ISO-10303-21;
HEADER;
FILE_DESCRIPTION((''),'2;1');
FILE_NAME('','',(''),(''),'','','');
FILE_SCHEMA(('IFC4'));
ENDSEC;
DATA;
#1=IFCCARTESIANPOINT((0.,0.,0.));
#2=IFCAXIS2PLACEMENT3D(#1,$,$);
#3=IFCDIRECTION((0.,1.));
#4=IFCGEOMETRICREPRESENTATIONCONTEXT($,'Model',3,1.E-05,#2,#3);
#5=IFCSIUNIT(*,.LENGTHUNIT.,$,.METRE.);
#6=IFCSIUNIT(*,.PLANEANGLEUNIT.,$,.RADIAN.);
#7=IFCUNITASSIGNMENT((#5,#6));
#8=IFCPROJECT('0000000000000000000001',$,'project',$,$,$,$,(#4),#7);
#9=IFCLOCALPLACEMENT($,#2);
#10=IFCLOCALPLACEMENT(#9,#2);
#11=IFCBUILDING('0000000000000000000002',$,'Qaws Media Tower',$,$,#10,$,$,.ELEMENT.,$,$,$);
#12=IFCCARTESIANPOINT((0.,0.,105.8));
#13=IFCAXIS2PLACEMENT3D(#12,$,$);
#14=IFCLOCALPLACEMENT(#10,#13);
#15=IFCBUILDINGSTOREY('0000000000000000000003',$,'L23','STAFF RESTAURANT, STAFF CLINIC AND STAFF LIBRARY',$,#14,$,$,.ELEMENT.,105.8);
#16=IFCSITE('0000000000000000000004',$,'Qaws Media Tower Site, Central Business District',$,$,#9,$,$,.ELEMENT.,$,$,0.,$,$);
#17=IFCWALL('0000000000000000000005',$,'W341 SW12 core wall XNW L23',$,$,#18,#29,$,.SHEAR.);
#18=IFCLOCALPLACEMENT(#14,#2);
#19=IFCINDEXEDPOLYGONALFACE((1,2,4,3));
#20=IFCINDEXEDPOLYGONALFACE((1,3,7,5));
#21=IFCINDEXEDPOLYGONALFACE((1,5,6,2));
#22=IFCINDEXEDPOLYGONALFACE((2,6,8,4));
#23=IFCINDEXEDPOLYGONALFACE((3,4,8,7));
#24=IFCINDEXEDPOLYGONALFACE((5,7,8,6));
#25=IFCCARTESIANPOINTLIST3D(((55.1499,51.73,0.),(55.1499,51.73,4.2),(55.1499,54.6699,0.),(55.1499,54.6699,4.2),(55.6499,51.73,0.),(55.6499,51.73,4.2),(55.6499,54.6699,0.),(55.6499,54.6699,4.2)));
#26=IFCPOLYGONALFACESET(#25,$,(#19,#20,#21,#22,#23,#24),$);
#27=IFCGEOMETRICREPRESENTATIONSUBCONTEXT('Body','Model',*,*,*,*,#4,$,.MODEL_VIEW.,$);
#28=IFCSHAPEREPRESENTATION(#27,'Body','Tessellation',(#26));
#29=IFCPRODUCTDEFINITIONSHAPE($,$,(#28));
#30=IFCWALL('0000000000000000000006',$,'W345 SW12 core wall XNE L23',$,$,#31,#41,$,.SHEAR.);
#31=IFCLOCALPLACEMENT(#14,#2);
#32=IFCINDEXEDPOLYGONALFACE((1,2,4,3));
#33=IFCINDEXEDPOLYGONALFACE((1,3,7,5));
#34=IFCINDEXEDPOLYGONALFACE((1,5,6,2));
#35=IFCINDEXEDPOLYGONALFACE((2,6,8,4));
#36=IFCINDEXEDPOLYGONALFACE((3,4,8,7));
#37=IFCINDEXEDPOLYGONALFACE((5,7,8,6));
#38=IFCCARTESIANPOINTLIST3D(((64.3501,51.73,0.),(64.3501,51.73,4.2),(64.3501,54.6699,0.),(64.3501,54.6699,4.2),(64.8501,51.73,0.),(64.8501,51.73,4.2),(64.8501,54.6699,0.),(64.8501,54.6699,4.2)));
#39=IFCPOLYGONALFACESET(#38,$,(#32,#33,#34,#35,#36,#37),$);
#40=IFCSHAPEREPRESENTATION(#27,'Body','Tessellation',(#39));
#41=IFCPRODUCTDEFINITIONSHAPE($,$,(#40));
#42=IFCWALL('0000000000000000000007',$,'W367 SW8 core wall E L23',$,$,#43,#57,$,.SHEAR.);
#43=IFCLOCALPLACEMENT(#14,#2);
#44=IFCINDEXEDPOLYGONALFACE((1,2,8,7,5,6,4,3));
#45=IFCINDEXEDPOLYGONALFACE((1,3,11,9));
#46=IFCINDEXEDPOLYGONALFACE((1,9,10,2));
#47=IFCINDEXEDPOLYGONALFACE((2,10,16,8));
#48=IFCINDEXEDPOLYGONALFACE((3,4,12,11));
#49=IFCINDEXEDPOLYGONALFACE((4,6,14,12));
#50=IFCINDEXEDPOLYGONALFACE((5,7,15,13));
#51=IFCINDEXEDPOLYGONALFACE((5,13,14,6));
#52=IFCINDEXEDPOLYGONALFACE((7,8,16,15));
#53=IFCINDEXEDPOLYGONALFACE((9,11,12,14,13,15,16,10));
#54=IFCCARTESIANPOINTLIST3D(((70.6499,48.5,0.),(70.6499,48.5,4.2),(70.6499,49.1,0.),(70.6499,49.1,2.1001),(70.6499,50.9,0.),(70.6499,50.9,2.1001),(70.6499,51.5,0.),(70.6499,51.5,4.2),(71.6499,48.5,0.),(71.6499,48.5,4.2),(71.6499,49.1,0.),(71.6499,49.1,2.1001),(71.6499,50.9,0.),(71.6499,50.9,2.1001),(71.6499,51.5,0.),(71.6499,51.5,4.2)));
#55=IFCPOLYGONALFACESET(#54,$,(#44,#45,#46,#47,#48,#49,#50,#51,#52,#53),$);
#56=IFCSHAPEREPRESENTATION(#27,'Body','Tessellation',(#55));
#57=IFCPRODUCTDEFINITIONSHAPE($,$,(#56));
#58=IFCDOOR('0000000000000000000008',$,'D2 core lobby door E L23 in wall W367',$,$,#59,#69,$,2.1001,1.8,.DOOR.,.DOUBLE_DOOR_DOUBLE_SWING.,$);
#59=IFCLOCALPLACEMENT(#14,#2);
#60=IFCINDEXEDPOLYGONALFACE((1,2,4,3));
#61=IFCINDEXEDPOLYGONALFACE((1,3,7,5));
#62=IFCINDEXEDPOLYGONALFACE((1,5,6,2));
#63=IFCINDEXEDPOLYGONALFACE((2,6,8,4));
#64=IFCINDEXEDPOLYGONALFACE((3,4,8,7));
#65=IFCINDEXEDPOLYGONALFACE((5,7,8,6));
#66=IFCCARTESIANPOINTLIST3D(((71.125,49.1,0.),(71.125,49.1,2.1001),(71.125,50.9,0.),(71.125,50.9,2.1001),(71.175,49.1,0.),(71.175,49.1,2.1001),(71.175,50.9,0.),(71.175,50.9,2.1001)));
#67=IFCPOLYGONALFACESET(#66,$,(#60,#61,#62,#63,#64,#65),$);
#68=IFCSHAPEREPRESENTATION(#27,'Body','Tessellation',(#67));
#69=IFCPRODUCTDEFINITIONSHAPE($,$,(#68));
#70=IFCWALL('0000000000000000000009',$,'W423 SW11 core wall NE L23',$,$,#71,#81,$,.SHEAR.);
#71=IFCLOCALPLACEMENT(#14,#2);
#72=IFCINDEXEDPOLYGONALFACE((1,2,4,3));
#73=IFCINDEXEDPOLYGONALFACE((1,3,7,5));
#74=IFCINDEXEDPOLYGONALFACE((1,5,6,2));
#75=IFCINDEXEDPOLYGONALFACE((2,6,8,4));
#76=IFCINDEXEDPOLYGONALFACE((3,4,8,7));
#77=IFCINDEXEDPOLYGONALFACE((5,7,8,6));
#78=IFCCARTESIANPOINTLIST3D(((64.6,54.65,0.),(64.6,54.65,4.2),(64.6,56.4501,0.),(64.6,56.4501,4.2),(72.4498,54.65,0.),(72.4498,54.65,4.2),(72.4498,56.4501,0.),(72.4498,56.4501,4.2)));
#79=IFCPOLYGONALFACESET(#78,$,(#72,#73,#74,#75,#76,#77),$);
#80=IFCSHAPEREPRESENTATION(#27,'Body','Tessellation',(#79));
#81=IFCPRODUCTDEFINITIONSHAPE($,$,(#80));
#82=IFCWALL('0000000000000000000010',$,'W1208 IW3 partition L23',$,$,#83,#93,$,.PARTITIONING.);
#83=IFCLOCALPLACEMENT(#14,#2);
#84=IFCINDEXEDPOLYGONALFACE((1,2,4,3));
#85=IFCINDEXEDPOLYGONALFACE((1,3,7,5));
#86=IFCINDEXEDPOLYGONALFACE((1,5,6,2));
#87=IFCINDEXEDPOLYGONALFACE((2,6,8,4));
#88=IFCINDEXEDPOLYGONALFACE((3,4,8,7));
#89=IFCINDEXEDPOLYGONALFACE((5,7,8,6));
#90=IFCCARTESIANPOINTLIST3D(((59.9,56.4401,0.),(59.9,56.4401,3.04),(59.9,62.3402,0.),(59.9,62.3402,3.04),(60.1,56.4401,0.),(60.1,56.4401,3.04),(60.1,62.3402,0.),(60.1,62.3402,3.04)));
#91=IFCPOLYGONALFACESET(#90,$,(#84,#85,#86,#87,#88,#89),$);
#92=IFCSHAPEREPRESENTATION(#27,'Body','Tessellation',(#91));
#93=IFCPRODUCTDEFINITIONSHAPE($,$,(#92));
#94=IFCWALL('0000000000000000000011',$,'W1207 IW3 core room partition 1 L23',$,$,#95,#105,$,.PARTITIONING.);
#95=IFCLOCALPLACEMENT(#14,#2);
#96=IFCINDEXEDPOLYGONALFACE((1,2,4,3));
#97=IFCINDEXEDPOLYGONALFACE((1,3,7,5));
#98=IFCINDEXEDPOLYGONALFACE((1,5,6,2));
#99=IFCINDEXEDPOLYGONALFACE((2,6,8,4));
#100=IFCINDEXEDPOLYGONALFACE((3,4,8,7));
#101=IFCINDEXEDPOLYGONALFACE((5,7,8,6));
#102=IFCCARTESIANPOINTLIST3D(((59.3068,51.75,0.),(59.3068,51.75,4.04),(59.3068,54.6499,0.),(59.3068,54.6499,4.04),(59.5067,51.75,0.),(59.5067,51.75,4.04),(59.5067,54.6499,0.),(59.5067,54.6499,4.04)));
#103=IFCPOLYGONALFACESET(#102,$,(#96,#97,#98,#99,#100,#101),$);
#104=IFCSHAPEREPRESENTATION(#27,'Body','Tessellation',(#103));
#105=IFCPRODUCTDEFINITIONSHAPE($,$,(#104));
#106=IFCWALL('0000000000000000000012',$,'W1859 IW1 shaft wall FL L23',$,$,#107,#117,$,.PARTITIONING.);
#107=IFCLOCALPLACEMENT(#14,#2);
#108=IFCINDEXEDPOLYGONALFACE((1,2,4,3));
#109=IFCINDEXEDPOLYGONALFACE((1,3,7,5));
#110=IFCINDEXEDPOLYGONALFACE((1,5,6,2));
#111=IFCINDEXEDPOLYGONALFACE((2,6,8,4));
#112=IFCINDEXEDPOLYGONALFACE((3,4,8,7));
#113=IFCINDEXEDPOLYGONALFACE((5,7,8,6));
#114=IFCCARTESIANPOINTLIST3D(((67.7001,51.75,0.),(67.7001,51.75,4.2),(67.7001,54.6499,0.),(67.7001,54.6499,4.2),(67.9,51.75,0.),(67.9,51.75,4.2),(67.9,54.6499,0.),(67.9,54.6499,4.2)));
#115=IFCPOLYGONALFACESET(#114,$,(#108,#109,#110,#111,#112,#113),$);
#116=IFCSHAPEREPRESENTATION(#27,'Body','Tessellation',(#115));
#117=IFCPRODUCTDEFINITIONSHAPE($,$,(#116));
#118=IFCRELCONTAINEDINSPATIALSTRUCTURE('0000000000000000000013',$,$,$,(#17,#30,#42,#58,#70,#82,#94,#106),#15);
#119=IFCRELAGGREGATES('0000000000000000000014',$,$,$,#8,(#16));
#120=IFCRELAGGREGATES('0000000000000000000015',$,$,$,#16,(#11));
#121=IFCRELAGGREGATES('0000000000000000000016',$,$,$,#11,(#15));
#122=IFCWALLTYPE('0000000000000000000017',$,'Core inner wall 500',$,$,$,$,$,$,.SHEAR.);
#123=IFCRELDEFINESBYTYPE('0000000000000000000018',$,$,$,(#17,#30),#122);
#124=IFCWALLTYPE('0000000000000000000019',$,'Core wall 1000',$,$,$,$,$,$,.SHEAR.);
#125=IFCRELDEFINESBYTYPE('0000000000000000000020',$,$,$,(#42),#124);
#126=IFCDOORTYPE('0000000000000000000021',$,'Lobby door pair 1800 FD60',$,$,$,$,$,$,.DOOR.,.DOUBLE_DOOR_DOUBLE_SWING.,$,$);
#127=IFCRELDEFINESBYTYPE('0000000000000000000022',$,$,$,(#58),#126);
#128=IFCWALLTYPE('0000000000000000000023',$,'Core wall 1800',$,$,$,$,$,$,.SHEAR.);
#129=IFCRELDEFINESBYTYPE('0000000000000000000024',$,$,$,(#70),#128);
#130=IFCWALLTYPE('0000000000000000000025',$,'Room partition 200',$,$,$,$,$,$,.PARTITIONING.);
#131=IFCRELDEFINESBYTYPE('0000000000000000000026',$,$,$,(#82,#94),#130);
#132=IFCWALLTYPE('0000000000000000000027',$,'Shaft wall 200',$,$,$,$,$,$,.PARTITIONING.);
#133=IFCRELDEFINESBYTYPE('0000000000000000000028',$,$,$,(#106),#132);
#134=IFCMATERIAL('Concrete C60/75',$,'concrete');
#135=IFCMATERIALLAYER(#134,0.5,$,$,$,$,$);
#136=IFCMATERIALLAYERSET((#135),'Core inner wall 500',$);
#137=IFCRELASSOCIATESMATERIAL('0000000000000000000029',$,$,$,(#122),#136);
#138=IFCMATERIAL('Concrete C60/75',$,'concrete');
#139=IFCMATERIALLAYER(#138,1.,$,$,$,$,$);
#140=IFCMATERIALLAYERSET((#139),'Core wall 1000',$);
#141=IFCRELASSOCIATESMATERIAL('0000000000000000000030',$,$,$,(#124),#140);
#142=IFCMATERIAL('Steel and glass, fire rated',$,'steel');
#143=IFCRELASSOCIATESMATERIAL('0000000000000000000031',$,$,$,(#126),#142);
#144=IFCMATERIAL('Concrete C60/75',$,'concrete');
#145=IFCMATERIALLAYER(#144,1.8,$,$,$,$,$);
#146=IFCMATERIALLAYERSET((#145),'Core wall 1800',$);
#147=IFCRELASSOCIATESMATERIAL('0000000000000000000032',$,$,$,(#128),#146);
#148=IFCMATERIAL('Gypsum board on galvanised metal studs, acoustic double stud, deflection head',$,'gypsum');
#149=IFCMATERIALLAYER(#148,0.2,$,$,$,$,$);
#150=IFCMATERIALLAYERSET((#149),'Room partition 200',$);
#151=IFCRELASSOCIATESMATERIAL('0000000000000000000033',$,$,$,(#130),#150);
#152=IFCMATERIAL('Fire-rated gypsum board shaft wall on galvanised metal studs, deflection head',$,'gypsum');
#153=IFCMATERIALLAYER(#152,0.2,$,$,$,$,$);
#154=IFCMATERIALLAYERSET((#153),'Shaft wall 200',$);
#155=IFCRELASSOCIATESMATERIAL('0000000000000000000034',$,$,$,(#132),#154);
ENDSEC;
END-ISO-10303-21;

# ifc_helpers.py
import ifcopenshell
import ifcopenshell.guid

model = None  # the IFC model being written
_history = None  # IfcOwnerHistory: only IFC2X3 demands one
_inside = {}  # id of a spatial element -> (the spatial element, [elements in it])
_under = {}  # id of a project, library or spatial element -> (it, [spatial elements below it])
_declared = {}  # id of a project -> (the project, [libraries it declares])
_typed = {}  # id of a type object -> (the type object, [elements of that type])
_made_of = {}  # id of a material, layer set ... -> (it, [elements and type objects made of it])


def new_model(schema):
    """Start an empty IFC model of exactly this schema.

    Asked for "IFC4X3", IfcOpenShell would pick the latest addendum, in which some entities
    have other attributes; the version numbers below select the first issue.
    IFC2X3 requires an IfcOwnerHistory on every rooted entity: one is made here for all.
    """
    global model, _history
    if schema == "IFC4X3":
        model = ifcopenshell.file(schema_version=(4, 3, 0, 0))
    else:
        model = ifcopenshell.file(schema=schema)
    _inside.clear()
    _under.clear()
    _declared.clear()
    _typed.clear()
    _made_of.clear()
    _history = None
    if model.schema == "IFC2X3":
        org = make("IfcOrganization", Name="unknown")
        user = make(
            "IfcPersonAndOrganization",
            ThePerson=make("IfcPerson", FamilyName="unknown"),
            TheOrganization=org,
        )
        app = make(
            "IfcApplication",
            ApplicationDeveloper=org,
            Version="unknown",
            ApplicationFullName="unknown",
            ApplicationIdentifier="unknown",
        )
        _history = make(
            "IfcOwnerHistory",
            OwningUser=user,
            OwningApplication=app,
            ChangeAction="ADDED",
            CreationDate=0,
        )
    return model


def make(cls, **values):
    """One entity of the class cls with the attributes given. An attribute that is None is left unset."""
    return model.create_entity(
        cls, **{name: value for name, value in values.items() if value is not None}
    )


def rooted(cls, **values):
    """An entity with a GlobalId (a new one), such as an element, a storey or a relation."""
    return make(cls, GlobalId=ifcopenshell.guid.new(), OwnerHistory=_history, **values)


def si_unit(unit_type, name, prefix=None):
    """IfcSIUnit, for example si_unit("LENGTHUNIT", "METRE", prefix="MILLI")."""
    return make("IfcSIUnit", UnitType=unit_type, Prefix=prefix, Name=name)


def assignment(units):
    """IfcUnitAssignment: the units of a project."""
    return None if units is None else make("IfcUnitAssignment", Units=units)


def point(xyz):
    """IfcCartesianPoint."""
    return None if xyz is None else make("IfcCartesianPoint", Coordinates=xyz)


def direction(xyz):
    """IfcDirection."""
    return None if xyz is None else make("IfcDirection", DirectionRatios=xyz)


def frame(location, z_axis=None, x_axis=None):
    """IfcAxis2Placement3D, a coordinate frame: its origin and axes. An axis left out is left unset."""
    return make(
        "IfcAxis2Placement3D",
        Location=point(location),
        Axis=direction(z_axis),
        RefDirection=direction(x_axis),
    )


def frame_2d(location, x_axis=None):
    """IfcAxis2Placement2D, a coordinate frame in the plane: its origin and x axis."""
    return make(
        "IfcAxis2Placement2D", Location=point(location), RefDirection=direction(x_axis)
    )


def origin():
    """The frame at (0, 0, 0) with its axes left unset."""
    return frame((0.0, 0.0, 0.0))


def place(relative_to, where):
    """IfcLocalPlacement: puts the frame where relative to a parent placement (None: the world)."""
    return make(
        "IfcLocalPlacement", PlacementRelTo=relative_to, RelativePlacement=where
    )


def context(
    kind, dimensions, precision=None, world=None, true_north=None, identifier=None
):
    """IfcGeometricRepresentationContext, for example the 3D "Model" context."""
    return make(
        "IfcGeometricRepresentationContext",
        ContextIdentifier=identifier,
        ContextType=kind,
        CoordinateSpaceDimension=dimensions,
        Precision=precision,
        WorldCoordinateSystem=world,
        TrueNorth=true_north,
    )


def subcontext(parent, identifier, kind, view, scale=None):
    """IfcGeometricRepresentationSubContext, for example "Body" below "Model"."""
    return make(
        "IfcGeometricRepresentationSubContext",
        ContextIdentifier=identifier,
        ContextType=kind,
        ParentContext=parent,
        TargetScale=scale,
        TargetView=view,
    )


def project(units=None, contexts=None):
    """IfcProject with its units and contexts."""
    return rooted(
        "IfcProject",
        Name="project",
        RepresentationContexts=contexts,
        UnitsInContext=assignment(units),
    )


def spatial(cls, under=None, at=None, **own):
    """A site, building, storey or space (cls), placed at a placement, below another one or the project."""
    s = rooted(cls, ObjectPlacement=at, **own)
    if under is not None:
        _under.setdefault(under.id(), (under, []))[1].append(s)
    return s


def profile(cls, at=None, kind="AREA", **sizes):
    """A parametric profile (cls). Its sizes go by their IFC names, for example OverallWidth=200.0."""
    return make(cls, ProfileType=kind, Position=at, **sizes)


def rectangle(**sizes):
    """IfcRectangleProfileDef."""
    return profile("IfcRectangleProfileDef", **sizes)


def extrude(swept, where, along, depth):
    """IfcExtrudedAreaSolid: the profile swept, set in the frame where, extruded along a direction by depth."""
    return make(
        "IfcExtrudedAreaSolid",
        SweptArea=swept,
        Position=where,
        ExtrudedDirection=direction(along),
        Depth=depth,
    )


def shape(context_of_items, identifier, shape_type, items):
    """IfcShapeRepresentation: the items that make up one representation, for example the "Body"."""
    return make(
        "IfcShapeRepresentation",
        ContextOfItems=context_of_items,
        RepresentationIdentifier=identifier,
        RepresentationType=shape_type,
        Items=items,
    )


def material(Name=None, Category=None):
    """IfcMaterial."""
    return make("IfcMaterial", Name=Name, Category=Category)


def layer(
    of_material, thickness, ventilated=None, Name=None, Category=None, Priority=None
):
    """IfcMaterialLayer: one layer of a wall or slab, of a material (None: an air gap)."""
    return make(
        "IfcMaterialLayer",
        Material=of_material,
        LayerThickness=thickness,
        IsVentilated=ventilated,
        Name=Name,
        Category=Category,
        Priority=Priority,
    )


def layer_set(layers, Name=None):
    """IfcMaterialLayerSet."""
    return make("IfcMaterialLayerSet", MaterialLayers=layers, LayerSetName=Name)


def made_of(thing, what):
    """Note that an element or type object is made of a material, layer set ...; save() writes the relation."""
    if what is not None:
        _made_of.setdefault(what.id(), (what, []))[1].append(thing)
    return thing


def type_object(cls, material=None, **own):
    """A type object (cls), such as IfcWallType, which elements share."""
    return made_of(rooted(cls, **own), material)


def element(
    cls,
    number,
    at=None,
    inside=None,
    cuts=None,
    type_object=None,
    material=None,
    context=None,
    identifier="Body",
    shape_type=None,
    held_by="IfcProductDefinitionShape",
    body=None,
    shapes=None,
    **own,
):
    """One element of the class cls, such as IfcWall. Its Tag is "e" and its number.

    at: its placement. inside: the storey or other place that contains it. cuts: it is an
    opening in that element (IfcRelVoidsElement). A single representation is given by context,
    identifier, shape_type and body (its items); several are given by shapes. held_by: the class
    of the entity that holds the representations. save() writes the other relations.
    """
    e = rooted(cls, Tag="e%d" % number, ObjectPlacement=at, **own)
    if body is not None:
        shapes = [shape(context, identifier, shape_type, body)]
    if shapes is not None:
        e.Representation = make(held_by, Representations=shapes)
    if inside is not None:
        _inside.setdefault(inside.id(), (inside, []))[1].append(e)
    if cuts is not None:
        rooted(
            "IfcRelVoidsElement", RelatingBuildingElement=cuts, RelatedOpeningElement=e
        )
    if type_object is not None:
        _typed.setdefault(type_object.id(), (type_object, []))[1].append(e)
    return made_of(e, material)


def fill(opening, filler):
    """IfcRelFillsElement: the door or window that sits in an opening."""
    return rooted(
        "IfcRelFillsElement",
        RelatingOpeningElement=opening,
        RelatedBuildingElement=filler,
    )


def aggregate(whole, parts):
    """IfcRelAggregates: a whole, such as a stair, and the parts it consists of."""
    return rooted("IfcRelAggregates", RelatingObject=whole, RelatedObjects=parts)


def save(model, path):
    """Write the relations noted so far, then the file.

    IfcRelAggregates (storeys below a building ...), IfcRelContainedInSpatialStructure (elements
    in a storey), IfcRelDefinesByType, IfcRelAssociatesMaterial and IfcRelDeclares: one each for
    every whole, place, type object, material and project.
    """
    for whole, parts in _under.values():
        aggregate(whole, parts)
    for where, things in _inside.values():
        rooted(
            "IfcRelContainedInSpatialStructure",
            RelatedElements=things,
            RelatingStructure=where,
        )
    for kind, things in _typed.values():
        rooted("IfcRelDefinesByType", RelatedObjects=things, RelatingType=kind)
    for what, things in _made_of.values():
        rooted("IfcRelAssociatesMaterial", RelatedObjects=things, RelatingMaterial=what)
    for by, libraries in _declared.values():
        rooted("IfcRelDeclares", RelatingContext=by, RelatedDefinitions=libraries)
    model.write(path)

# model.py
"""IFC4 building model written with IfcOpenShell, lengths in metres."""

from ifc_helpers import new_model, si_unit, direction, frame, frame_2d, origin, place, context, subcontext, project, spatial, rectangle, extrude, material, layer, layer_set, type_object, element, fill, save


model = new_model("IFC4")

# Units and contexts
model_context = context("Model", 3, precision=1e-05, world=origin(), true_north=direction((0.0, 1.0)))
body_context = subcontext(model_context, "Body", "Model", "MODEL_VIEW")
ifc_project = project(units=[si_unit("LENGTHUNIT", "METRE"), si_unit("PLANEANGLEUNIT", "RADIAN")], contexts=[model_context])

# Site, building, storey
site_placement = place(None, origin())
site = spatial("IfcSite", under=ifc_project, at=site_placement, Name="Qaws Media Tower Site, Central Business District", CompositionType="ELEMENT", RefElevation=0.0)
building_placement = place(site_placement, origin())
building = spatial("IfcBuilding", under=site, at=building_placement, Name="Qaws Media Tower", CompositionType="ELEMENT")
storey_placement = place(building_placement, frame((0.0, 0.0, 105.8)))
storey = spatial("IfcBuildingStorey", under=building, at=storey_placement, Name="L23", Description="STAFF RESTAURANT, STAFF CLINIC AND STAFF LIBRARY", CompositionType="ELEMENT", Elevation=105.8)

# Shared definitions
ifc_material_1 = material(Name="Concrete C60/75", Category="concrete")
ifc_layer_1 = layer(ifc_material_1, 0.5)
ifc_layer_set_1 = layer_set([ifc_layer_1], Name="Core inner wall 500")
wall_type_1 = type_object("IfcWallType", Name="Core inner wall 500", PredefinedType="SHEAR", material=ifc_layer_set_1)

# Walls
for number, where, z_axis, x_axis, name in (
    (1, (55.3999, 51.73, 0.0), (0.0, 0.0, 1.0), (0.0, 1.0, 0.0), "W341 SW12 core wall XNW L23"),
    (2, (64.6001, 51.73, 0.0), (0.0, 0.0, 1.0), (0.0, 1.0, 0.0), "W345 SW12 core wall XNE L23"),
):
    element("IfcWall", number, at=place(storey_placement, frame(where, z_axis=z_axis, x_axis=x_axis)), inside=storey, type_object=wall_type_1, Name=name, PredefinedType="SHEAR", context=body_context, shape_type="SweptSolid", body=[
        extrude(rectangle(XDim=2.9399, YDim=0.5, at=frame_2d((1.47, 0.0))), origin(), (0.0, 0.0, 1.0), 4.2),
    ])

# Wall, opening, door
ifc_material_2 = material(Name="Concrete C60/75", Category="concrete")
ifc_layer_2 = layer(ifc_material_2, 1.0)
ifc_layer_set_2 = layer_set([ifc_layer_2], Name="Core wall 1000")
wall_type_2 = type_object("IfcWallType", Name="Core wall 1000", PredefinedType="SHEAR", material=ifc_layer_set_2)
wall_1_placement = place(storey_placement, frame((71.1499, 48.5, 0.0), z_axis=(0.0, 0.0, 1.0), x_axis=(0.0, 1.0, 0.0)))
wall_1 = element("IfcWall", 3, at=wall_1_placement, inside=storey, type_object=wall_type_2, Name="W367 SW8 core wall E L23", PredefinedType="SHEAR", context=body_context, shape_type="SweptSolid", body=[
    extrude(rectangle(XDim=3.0, YDim=1.0, at=frame_2d((1.5, 0.0))), origin(), (0.0, 0.0, 1.0), 4.2),
])
opening_1_placement = place(wall_1_placement, frame((0.6001, 0.0, 0.0)))
opening_1 = element("IfcOpeningElement", 4, at=opening_1_placement, cuts=wall_1, PredefinedType="OPENING", context=body_context, shape_type="SweptSolid", body=[
    extrude(rectangle(XDim=1.8, YDim=2.1001, at=frame_2d((0.8999, 1.05))), frame((0.0, 0.51, 0.0), z_axis=(0.0, -1.0, 0.0), x_axis=(1.0, 0.0, 0.0)), (0.0, 0.0, 1.0), 1.02),
])
ifc_material_3 = material(Name="Steel and glass, fire rated", Category="steel")
door_type_1 = type_object("IfcDoorType", Name="Lobby door pair 1800 FD60", OperationType="DOUBLE_DOOR_DOUBLE_SWING", PredefinedType="DOOR", material=ifc_material_3)
door_1_placement = place(opening_1_placement, origin())
door_1 = element("IfcDoor", 5, at=door_1_placement, inside=storey, type_object=door_type_1, Name="D2 core lobby door E L23 in wall W367", OperationType="DOUBLE_DOOR_DOUBLE_SWING", OverallHeight=2.1001, OverallWidth=1.8, PredefinedType="DOOR", context=body_context, shape_type="SweptSolid", body=[
    extrude(rectangle(XDim=1.8, YDim=2.1001, at=frame_2d((0.8999, 1.05))), frame((0.0, 0.0249, 0.0), z_axis=(0.0, -1.0, 0.0), x_axis=(1.0, 0.0, 0.0)), (0.0, 0.0, 1.0), 0.05),
])
fill(opening_1, door_1)

# Walls
ifc_material_4 = material(Name="Concrete C60/75", Category="concrete")
ifc_layer_3 = layer(ifc_material_4, 1.8)
ifc_layer_set_3 = layer_set([ifc_layer_3], Name="Core wall 1800")
wall_type_3 = type_object("IfcWallType", Name="Core wall 1800", PredefinedType="SHEAR", material=ifc_layer_set_3)
wall_2_placement = place(storey_placement, frame((64.6001, 55.55, 0.0), z_axis=(0.0, 0.0, 1.0), x_axis=(1.0, 0.0, 0.0)))
element("IfcWall", 6, at=wall_2_placement, inside=storey, type_object=wall_type_3, Name="W423 SW11 core wall NE L23", PredefinedType="SHEAR", context=body_context, shape_type="SweptSolid", body=[
    extrude(rectangle(XDim=7.8499, YDim=1.8, at=frame_2d((3.9248, 0.0))), origin(), (0.0, 0.0, 1.0), 4.2),
])
ifc_material_5 = material(Name="Gypsum board on galvanised metal studs, acoustic double stud, deflection head", Category="gypsum")
ifc_layer_4 = layer(ifc_material_5, 0.2)
ifc_layer_set_4 = layer_set([ifc_layer_4], Name="Room partition 200")
wall_type_4 = type_object("IfcWallType", Name="Room partition 200", PredefinedType="PARTITIONING", material=ifc_layer_set_4)
wall_3_placement = place(storey_placement, frame((60.0, 56.4399, 0.0), z_axis=(0.0, 0.0, 1.0), x_axis=(0.0, 1.0, 0.0)))
element("IfcWall", 7, at=wall_3_placement, inside=storey, type_object=wall_type_4, Name="W1208 IW3 partition L23", PredefinedType="PARTITIONING", context=body_context, shape_type="SweptSolid", body=[
    extrude(rectangle(XDim=5.9001, YDim=0.2, at=frame_2d((2.9502, 0.0))), origin(), (0.0, 0.0, 1.0), 3.04),
])
wall_4_placement = place(storey_placement, frame((59.4067, 51.75, 0.0), z_axis=(0.0, 0.0, 1.0), x_axis=(0.0, 1.0, 0.0)))
element("IfcWall", 8, at=wall_4_placement, inside=storey, type_object=wall_type_4, Name="W1207 IW3 core room partition 1 L23", PredefinedType="PARTITIONING", context=body_context, shape_type="SweptSolid", body=[
    extrude(rectangle(XDim=2.8999, YDim=0.2, at=frame_2d((1.45, 0.0))), origin(), (0.0, 0.0, 1.0), 4.04),
])
ifc_material_6 = material(Name="Fire-rated gypsum board shaft wall on galvanised metal studs, deflection head", Category="gypsum")
ifc_layer_5 = layer(ifc_material_6, 0.2)
ifc_layer_set_5 = layer_set([ifc_layer_5], Name="Shaft wall 200")
wall_type_5 = type_object("IfcWallType", Name="Shaft wall 200", PredefinedType="PARTITIONING", material=ifc_layer_set_5)
wall_5_placement = place(storey_placement, frame((67.8, 51.75, 0.0), z_axis=(0.0, 0.0, 1.0), x_axis=(0.0, 1.0, 0.0)))
element("IfcWall", 9, at=wall_5_placement, inside=storey, type_object=wall_type_5, Name="W1859 IW1 shaft wall FL L23", PredefinedType="PARTITIONING", context=body_context, shape_type="SweptSolid", body=[
    extrude(rectangle(XDim=2.8999, YDim=0.2, at=frame_2d((1.45, 0.0))), origin(), (0.0, 0.0, 1.0), 4.2),
])

save(model, "model.ifc")
